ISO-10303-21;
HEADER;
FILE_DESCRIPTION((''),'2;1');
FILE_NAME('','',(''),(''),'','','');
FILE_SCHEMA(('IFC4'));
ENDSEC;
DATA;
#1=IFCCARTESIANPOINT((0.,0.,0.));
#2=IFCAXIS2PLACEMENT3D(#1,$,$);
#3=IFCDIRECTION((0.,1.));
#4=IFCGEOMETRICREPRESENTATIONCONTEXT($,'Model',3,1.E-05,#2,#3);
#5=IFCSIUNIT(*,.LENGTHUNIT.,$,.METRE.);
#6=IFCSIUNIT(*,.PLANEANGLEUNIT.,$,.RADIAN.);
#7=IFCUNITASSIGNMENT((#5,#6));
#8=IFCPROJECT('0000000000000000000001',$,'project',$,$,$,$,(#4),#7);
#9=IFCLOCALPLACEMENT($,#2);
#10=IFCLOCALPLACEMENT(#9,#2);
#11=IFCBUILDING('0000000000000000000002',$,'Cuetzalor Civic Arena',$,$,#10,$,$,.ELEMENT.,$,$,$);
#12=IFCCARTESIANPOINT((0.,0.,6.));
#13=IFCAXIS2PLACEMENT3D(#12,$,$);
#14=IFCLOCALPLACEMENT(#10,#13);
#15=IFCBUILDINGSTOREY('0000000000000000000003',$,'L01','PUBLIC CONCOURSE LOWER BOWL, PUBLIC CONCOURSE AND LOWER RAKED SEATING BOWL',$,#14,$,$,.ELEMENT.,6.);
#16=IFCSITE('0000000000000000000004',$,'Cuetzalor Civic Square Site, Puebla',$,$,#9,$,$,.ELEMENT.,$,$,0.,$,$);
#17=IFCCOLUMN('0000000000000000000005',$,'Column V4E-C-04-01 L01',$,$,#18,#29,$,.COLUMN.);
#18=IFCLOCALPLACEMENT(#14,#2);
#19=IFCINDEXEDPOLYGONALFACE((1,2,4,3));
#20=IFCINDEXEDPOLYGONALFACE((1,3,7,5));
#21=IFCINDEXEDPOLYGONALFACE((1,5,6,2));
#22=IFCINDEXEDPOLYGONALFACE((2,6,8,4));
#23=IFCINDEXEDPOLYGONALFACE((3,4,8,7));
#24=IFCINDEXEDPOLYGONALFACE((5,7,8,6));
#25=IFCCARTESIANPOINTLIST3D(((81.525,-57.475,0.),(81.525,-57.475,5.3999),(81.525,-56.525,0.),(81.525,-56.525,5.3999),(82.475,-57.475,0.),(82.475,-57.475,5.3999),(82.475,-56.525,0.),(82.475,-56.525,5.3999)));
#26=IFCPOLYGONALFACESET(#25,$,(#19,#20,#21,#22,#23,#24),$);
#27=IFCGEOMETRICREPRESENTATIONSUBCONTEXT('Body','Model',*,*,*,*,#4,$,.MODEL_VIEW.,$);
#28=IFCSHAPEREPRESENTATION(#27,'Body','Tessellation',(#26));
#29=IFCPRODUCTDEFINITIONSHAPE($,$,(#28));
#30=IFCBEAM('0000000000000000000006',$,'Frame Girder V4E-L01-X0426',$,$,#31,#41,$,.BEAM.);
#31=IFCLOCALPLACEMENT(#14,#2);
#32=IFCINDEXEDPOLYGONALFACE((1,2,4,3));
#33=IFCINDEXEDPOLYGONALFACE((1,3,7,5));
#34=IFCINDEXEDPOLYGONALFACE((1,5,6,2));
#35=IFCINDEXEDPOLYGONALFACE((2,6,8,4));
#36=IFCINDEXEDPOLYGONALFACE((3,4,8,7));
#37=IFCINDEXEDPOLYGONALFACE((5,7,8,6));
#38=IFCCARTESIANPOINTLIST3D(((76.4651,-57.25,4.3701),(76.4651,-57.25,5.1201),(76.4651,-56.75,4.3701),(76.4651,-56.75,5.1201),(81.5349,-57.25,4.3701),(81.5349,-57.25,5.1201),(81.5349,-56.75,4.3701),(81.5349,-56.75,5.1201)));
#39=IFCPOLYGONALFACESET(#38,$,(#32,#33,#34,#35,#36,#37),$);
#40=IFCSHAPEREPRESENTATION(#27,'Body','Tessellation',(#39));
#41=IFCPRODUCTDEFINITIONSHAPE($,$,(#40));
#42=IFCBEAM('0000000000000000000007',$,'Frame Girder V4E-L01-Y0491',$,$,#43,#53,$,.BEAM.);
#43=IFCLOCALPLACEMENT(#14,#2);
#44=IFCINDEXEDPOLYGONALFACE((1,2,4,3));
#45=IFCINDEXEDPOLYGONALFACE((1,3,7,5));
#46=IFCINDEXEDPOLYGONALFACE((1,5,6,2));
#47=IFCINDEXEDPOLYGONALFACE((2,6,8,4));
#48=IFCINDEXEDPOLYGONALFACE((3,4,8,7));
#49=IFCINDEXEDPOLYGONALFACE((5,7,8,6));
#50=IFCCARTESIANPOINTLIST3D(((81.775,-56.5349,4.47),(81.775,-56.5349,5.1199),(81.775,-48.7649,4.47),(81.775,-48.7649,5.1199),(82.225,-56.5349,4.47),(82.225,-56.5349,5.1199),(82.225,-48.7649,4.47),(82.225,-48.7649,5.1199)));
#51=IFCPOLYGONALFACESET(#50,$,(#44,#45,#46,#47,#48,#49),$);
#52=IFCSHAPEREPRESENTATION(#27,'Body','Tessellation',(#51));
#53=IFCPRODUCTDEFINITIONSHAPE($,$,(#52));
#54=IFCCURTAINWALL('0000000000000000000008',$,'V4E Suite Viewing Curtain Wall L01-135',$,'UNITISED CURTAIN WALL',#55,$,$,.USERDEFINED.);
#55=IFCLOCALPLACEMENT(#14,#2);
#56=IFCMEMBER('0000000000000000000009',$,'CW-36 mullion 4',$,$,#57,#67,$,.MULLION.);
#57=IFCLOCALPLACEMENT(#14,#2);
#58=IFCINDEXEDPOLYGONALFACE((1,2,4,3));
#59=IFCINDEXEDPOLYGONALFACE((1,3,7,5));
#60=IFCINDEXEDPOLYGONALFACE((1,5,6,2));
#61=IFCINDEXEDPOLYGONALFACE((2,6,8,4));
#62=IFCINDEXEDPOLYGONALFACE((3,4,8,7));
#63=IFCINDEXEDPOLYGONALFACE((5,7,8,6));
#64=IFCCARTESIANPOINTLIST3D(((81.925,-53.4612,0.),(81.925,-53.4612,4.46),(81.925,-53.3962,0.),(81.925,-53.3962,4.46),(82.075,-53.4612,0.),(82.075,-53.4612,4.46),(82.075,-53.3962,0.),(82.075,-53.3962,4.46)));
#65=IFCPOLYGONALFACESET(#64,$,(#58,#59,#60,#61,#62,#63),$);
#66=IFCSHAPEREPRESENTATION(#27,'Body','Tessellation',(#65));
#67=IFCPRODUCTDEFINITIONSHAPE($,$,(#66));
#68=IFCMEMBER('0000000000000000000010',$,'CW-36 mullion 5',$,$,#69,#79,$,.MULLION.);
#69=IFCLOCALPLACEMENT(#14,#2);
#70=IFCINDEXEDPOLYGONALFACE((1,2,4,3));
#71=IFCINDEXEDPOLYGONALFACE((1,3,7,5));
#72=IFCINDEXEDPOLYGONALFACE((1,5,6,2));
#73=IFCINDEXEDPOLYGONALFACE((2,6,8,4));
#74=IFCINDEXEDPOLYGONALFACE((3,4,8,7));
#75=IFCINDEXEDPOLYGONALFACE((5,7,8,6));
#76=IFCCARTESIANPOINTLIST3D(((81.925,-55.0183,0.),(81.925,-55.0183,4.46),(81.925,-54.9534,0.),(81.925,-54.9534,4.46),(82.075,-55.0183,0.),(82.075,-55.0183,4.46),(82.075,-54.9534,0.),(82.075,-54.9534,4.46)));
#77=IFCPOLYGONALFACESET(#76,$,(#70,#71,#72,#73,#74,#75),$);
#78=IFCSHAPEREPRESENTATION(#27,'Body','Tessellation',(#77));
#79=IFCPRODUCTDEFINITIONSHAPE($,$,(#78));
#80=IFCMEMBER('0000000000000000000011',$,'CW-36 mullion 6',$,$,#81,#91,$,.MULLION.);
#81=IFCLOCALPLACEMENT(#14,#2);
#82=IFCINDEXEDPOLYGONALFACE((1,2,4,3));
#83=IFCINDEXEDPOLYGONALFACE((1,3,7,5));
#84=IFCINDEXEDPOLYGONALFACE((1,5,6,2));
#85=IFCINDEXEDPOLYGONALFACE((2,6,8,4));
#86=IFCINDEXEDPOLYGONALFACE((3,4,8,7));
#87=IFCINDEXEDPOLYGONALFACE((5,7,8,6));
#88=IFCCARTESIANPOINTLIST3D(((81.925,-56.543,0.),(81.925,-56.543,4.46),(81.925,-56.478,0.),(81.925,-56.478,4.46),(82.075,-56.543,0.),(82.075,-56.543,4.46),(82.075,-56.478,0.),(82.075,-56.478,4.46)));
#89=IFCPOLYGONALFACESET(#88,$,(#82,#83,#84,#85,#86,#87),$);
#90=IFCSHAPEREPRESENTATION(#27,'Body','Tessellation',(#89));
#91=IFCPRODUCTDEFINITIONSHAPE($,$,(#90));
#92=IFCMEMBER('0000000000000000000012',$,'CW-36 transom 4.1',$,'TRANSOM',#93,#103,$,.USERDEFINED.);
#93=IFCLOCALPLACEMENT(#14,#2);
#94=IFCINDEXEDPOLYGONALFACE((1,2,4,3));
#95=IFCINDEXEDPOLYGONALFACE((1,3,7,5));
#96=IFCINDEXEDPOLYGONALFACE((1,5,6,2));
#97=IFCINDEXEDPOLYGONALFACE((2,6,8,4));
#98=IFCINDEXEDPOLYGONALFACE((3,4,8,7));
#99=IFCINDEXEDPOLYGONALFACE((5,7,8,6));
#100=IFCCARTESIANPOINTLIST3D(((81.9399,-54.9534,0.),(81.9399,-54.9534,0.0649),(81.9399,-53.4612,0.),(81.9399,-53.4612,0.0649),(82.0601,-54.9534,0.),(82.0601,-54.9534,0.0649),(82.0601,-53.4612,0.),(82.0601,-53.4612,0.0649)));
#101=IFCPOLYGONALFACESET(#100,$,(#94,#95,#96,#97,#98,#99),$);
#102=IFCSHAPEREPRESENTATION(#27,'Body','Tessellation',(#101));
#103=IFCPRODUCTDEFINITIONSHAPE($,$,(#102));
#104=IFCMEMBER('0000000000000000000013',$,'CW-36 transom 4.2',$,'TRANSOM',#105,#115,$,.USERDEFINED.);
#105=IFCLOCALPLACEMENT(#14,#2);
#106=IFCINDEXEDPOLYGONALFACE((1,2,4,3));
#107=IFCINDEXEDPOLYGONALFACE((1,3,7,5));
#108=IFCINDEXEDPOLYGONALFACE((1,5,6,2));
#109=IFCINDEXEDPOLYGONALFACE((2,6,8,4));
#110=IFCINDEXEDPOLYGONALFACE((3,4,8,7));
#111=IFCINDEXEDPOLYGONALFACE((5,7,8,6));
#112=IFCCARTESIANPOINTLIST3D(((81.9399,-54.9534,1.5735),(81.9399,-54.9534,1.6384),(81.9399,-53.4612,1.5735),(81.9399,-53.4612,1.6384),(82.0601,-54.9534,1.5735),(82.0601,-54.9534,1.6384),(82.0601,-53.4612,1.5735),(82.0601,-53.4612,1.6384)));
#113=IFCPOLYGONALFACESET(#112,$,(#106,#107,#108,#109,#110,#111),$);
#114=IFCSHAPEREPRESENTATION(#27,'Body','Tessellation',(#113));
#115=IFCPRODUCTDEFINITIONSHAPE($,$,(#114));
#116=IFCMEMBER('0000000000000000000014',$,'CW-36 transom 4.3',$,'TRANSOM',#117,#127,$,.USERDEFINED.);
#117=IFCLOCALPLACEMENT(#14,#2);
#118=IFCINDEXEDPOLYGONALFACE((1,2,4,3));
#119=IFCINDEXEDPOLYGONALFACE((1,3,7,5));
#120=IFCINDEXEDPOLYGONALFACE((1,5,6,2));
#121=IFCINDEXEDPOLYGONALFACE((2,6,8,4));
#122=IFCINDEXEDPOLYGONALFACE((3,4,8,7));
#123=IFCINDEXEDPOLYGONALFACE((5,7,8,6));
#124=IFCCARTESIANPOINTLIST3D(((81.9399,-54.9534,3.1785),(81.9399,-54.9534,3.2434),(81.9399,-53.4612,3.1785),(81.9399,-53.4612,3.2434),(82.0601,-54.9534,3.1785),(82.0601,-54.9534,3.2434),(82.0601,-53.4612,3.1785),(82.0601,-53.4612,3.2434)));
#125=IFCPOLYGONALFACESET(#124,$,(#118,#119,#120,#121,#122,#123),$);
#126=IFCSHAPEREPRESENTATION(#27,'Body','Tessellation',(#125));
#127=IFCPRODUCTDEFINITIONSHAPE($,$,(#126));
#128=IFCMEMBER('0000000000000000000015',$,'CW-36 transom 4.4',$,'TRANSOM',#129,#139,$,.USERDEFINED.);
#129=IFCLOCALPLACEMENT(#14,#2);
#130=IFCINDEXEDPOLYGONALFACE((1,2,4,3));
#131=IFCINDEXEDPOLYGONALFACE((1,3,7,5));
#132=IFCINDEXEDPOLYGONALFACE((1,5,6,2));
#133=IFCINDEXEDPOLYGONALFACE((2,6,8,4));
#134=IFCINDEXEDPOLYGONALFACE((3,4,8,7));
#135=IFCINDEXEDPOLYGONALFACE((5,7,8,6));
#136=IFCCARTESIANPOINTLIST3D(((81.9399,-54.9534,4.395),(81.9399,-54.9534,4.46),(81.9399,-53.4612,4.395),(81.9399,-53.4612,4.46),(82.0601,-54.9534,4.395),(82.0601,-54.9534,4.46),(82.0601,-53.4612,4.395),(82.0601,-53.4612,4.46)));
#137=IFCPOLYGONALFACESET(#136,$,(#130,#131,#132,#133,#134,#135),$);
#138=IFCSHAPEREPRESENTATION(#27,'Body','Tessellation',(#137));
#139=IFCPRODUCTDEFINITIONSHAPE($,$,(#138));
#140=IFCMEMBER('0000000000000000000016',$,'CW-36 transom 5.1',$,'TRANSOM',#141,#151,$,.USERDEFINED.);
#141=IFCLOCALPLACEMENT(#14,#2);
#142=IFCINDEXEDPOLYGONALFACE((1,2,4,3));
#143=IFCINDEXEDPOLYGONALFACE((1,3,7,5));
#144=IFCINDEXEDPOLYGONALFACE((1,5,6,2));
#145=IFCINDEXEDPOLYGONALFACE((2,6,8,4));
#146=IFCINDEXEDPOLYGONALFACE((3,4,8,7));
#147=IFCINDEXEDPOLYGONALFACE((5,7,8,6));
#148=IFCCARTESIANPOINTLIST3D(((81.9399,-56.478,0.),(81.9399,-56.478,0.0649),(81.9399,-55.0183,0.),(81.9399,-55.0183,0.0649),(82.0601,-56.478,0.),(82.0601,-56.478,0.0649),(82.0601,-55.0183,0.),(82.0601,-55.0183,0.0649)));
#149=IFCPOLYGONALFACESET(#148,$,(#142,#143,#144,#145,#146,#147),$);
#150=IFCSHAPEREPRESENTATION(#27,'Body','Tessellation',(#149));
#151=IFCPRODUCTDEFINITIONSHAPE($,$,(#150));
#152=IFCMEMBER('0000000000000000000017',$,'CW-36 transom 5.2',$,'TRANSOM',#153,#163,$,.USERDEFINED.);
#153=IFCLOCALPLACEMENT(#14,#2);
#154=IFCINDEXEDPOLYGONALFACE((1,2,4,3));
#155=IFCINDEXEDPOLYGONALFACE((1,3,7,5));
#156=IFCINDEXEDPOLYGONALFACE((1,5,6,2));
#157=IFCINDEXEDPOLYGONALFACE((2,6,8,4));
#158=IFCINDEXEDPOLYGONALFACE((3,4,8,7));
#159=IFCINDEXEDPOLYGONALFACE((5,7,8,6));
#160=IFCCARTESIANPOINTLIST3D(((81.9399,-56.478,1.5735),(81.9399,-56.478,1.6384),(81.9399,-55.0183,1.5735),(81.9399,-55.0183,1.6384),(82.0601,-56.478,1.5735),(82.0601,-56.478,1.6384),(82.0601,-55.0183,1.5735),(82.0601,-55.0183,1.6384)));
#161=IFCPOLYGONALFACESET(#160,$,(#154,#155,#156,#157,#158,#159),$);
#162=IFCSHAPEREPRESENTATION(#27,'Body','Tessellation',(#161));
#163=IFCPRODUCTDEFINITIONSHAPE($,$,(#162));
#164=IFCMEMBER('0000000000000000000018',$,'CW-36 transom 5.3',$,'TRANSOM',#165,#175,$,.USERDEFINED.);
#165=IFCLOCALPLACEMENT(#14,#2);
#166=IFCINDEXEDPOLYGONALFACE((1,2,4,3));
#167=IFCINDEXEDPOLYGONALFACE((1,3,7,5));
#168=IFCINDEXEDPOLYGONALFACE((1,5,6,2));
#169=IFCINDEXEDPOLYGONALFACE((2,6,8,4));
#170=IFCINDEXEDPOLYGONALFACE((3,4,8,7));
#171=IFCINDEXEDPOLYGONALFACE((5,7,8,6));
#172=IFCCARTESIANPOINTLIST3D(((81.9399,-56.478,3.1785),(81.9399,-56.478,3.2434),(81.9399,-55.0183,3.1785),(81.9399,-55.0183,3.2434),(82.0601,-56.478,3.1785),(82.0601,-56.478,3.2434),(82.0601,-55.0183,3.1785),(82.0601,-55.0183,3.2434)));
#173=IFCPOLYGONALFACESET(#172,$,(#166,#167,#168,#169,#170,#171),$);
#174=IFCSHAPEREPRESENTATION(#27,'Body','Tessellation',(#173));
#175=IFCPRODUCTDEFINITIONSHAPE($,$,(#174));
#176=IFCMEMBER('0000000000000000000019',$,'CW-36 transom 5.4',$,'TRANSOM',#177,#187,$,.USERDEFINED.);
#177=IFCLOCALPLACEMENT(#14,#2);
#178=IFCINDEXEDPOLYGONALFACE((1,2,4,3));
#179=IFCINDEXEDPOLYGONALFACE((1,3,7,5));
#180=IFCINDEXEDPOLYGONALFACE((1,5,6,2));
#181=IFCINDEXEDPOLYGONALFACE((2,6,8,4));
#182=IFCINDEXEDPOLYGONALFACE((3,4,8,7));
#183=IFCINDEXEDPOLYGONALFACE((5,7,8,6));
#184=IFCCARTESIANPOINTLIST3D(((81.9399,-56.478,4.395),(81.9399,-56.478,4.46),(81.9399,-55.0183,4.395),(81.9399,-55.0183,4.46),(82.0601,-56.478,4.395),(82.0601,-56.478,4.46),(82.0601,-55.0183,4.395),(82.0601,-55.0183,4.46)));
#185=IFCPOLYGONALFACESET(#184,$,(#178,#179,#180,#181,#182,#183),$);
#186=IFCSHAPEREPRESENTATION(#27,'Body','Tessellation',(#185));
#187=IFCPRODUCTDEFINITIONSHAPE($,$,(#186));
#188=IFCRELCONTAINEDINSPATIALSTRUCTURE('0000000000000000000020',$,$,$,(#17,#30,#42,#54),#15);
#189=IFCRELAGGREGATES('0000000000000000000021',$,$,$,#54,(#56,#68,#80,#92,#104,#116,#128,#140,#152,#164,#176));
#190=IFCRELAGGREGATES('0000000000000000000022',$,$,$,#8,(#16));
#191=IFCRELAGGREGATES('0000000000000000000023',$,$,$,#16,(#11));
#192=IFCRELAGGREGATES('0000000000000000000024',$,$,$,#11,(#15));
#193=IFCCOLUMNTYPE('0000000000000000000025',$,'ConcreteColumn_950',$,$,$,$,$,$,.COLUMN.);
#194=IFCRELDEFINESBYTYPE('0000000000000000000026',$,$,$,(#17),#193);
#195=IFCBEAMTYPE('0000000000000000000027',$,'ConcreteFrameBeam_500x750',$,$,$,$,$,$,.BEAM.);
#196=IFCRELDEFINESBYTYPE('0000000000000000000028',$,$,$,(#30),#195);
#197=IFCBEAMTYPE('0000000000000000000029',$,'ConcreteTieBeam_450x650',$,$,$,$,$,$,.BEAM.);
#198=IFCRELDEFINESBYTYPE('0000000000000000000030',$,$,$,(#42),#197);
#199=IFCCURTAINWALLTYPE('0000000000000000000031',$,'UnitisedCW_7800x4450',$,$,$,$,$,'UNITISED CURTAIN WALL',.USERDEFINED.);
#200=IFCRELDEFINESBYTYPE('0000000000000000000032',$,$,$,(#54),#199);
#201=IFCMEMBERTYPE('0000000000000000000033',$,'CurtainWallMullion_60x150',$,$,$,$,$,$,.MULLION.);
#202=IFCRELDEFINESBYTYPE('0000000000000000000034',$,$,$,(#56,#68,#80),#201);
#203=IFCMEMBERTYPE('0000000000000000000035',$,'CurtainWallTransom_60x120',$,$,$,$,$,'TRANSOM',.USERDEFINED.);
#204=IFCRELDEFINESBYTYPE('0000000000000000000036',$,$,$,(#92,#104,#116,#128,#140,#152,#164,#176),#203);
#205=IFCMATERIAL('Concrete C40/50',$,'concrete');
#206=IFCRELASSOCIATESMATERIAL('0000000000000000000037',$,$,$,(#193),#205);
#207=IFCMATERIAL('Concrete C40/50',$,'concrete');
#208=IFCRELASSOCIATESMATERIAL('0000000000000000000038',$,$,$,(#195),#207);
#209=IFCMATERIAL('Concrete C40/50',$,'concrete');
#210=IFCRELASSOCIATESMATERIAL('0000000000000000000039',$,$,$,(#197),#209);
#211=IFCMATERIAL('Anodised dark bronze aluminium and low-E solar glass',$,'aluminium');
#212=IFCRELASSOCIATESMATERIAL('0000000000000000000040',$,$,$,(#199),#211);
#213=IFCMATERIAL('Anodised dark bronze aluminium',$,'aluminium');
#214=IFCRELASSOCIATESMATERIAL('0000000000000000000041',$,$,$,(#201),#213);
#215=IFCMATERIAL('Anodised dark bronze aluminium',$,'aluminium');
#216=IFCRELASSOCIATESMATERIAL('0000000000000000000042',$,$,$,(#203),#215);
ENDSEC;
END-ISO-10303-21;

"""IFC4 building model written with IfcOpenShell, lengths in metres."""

from ifc_helpers import new_model, si_unit, direction, frame, origin, origin_2d, place, context, subcontext, project, spatial, rectangle, extrude, material, material_profile, profile_set, type_object, element, aggregate, save


model = new_model("IFC4")

# Units and contexts
model_context = context("Model", 3, precision=1e-05, world=origin(), true_north=direction((0.0, 1.0)))
body_context = subcontext(model_context, "Body", "Model", "MODEL_VIEW")
ifc_project = project(units=[si_unit("LENGTHUNIT", "METRE"), si_unit("PLANEANGLEUNIT", "RADIAN")], contexts=[model_context])

# Site, building, storey
site_placement = place(None, origin())
site = spatial("IfcSite", under=ifc_project, at=site_placement, Name="Cuetzalor Civic Square Site, Puebla", CompositionType="ELEMENT", RefElevation=0.0)
building_placement = place(site_placement, origin())
building = spatial("IfcBuilding", under=site, at=building_placement, Name="Cuetzalor Civic Arena", CompositionType="ELEMENT")
storey_placement = place(building_placement, frame((0.0, 0.0, 6.0)))
storey = spatial("IfcBuildingStorey", under=building, at=storey_placement, Name="L01", Description="PUBLIC CONCOURSE LOWER BOWL, PUBLIC CONCOURSE AND LOWER RAKED SEATING BOWL", CompositionType="ELEMENT", Elevation=6.0)

# Column
ifc_material_1 = material(Name="Concrete C40/50", Category="concrete")
ifc_material_profile_1 = material_profile(ifc_material_1, rectangle(XDim=0.95, YDim=0.95, at=origin_2d()), Name="RC 950x950")
ifc_profile_set_1 = profile_set([ifc_material_profile_1], Name="Concrete C40/50")
column_type = type_object("IfcColumnType", Name="ConcreteColumn_950", PredefinedType="COLUMN", material=ifc_profile_set_1)
column_placement = place(storey_placement, frame((82.0, -57.0, 0.0), z_axis=(0.0, 0.0, 1.0), x_axis=(1.0, 0.0, 0.0)))
element("IfcColumn", 1, at=column_placement, inside=storey, type_object=column_type, Name="Column V4E-C-04-01 L01", PredefinedType="COLUMN", context=body_context, shape_type="SweptSolid", body=[
    extrude(rectangle(XDim=0.95, YDim=0.95, at=origin_2d()), origin(), (0.0, 0.0, 1.0), 5.3999),
])

# Beams
ifc_material_2 = material(Name="Concrete C40/50", Category="concrete")
ifc_material_profile_2 = material_profile(ifc_material_2, rectangle(XDim=0.5, YDim=0.75, at=origin_2d()), Name="RC 500x750")
ifc_profile_set_2 = profile_set([ifc_material_profile_2], Name="Concrete C40/50")
beam_type_1 = type_object("IfcBeamType", Name="ConcreteFrameBeam_500x750", PredefinedType="BEAM", material=ifc_profile_set_2)
beam_1_placement = place(storey_placement, frame((76.4651, -57.0, 4.7451), z_axis=(1.0, 0.0, 0.0), x_axis=(0.0, 1.0, 0.0)))
element("IfcBeam", 2, at=beam_1_placement, inside=storey, type_object=beam_type_1, Name="Frame Girder V4E-L01-X0426", PredefinedType="BEAM", context=body_context, shape_type="SweptSolid", body=[
    extrude(rectangle(XDim=0.5, YDim=0.75, at=origin_2d()), origin(), (0.0, 0.0, 1.0), 5.0698),
])
ifc_material_3 = material(Name="Concrete C40/50", Category="concrete")
ifc_material_profile_3 = material_profile(ifc_material_3, rectangle(XDim=0.45, YDim=0.6499, at=origin_2d()), Name="RC 450x650")
ifc_profile_set_3 = profile_set([ifc_material_profile_3], Name="Concrete C40/50")
beam_type_2 = type_object("IfcBeamType", Name="ConcreteTieBeam_450x650", PredefinedType="BEAM", material=ifc_profile_set_3)
beam_2_placement = place(storey_placement, frame((82.0, -56.5349, 4.7949), z_axis=(0.0, 1.0, 0.0), x_axis=(-1.0, 0.0, 0.0)))
element("IfcBeam", 3, at=beam_2_placement, inside=storey, type_object=beam_type_2, Name="Frame Girder V4E-L01-Y0491", PredefinedType="BEAM", context=body_context, shape_type="SweptSolid", body=[
    extrude(rectangle(XDim=0.45, YDim=0.6499, at=origin_2d()), origin(), (0.0, 0.0, 1.0), 7.77),
])

# Curtain wall, members
ifc_material_4 = material(Name="Anodised dark bronze aluminium and low-E solar glass", Category="aluminium")
curtain_wall_type = type_object("IfcCurtainWallType", Name="UnitisedCW_7800x4450", ElementType="UNITISED CURTAIN WALL", PredefinedType="USERDEFINED", material=ifc_material_4)
curtain_wall_placement = place(storey_placement, origin())
curtain_wall = element("IfcCurtainWall", 4, at=curtain_wall_placement, inside=storey, type_object=curtain_wall_type, Name="V4E Suite Viewing Curtain Wall L01-135", ObjectType="UNITISED CURTAIN WALL", PredefinedType="USERDEFINED")
ifc_material_5 = material(Name="Anodised dark bronze aluminium", Category="aluminium")
ifc_material_profile_4 = material_profile(ifc_material_5, rectangle(XDim=0.0649, YDim=0.1499, at=origin_2d()), Name="ALU MULLION 65x150")
ifc_profile_set_4 = profile_set([ifc_material_profile_4], Name="Anodised dark bronze aluminium")
member_type_1 = type_object("IfcMemberType", Name="CurtainWallMullion_60x150", PredefinedType="MULLION", material=ifc_profile_set_4)
member_1_placement = place(storey_placement, frame((82.0, -53.4287, 0.0), z_axis=(0.0, 0.0, 1.0), x_axis=(0.0, -1.0, 0.0)))
member_1 = element("IfcMember", 5, at=member_1_placement, type_object=member_type_1, Name="CW-36 mullion 4", PredefinedType="MULLION", context=body_context, shape_type="SweptSolid", body=[
    extrude(rectangle(XDim=0.0649, YDim=0.1499, at=origin_2d()), origin(), (0.0, 0.0, 1.0), 4.46),
])
member_2_placement = place(storey_placement, frame((82.0, -54.9858, 0.0), z_axis=(0.0, 0.0, 1.0), x_axis=(0.0, -1.0, 0.0)))
member_2 = element("IfcMember", 6, at=member_2_placement, type_object=member_type_1, Name="CW-36 mullion 5", PredefinedType="MULLION", context=body_context, shape_type="SweptSolid", body=[
    extrude(rectangle(XDim=0.0649, YDim=0.1499, at=origin_2d()), origin(), (0.0, 0.0, 1.0), 4.46),
])
member_3_placement = place(storey_placement, frame((82.0, -56.5105, 0.0), z_axis=(0.0, 0.0, 1.0), x_axis=(0.0, -1.0, 0.0)))
member_3 = element("IfcMember", 7, at=member_3_placement, type_object=member_type_1, Name="CW-36 mullion 6", PredefinedType="MULLION", context=body_context, shape_type="SweptSolid", body=[
    extrude(rectangle(XDim=0.0649, YDim=0.1499, at=origin_2d()), origin(), (0.0, 0.0, 1.0), 4.46),
])
ifc_material_6 = material(Name="Anodised dark bronze aluminium", Category="aluminium")
ifc_material_profile_5 = material_profile(ifc_material_6, rectangle(XDim=0.1201, YDim=0.0649, at=origin_2d()), Name="ALU TRANSOM 65x120")
ifc_profile_set_5 = profile_set([ifc_material_profile_5], Name="Anodised dark bronze aluminium")
member_type_2 = type_object("IfcMemberType", Name="CurtainWallTransom_60x120", ElementType="TRANSOM", PredefinedType="USERDEFINED", material=ifc_profile_set_5)
member_4_placement = place(storey_placement, frame((82.0, -53.4612, 0.0325), z_axis=(0.0, -1.0, 0.0), x_axis=(1.0, 0.0, 0.0)))
member_4 = element("IfcMember", 8, at=member_4_placement, type_object=member_type_2, Name="CW-36 transom 4.1", ObjectType="TRANSOM", PredefinedType="USERDEFINED", context=body_context, shape_type="SweptSolid", body=[
    extrude(rectangle(XDim=0.1201, YDim=0.0649, at=origin_2d()), origin(), (0.0, 0.0, 1.0), 1.4922),
])
member_5_placement = place(storey_placement, frame((82.0, -53.4612, 1.606), z_axis=(0.0, -1.0, 0.0), x_axis=(1.0, 0.0, 0.0)))
member_5 = element("IfcMember", 9, at=member_5_placement, type_object=member_type_2, Name="CW-36 transom 4.2", ObjectType="TRANSOM", PredefinedType="USERDEFINED", context=body_context, shape_type="SweptSolid", body=[
    extrude(rectangle(XDim=0.1201, YDim=0.0649, at=origin_2d()), origin(), (0.0, 0.0, 1.0), 1.4922),
])
member_6_placement = place(storey_placement, frame((82.0, -53.4612, 3.2109), z_axis=(0.0, -1.0, 0.0), x_axis=(1.0, 0.0, 0.0)))
member_6 = element("IfcMember", 10, at=member_6_placement, type_object=member_type_2, Name="CW-36 transom 4.3", ObjectType="TRANSOM", PredefinedType="USERDEFINED", context=body_context, shape_type="SweptSolid", body=[
    extrude(rectangle(XDim=0.1201, YDim=0.0649, at=origin_2d()), origin(), (0.0, 0.0, 1.0), 1.4922),
])
member_7_placement = place(storey_placement, frame((82.0, -53.4612, 4.4275), z_axis=(0.0, -1.0, 0.0), x_axis=(1.0, 0.0, 0.0)))
member_7 = element("IfcMember", 11, at=member_7_placement, type_object=member_type_2, Name="CW-36 transom 4.4", ObjectType="TRANSOM", PredefinedType="USERDEFINED", context=body_context, shape_type="SweptSolid", body=[
    extrude(rectangle(XDim=0.1201, YDim=0.0649, at=origin_2d()), origin(), (0.0, 0.0, 1.0), 1.4922),
])
member_8_placement = place(storey_placement, frame((82.0, -55.0183, 0.0325), z_axis=(0.0, -1.0, 0.0), x_axis=(1.0, 0.0, 0.0)))
member_8 = element("IfcMember", 12, at=member_8_placement, type_object=member_type_2, Name="CW-36 transom 5.1", ObjectType="TRANSOM", PredefinedType="USERDEFINED", context=body_context, shape_type="SweptSolid", body=[
    extrude(rectangle(XDim=0.1201, YDim=0.0649, at=origin_2d()), origin(), (0.0, 0.0, 1.0), 1.4597),
])
member_9_placement = place(storey_placement, frame((82.0, -55.0183, 1.606), z_axis=(0.0, -1.0, 0.0), x_axis=(1.0, 0.0, 0.0)))
member_9 = element("IfcMember", 13, at=member_9_placement, type_object=member_type_2, Name="CW-36 transom 5.2", ObjectType="TRANSOM", PredefinedType="USERDEFINED", context=body_context, shape_type="SweptSolid", body=[
    extrude(rectangle(XDim=0.1201, YDim=0.0649, at=origin_2d()), origin(), (0.0, 0.0, 1.0), 1.4597),
])
member_10_placement = place(storey_placement, frame((82.0, -55.0183, 3.2109), z_axis=(0.0, -1.0, 0.0), x_axis=(1.0, 0.0, 0.0)))
member_10 = element("IfcMember", 14, at=member_10_placement, type_object=member_type_2, Name="CW-36 transom 5.3", ObjectType="TRANSOM", PredefinedType="USERDEFINED", context=body_context, shape_type="SweptSolid", body=[
    extrude(rectangle(XDim=0.1201, YDim=0.0649, at=origin_2d()), origin(), (0.0, 0.0, 1.0), 1.4597),
])
member_11_placement = place(storey_placement, frame((82.0, -55.0183, 4.4275), z_axis=(0.0, -1.0, 0.0), x_axis=(1.0, 0.0, 0.0)))
member_11 = element("IfcMember", 15, at=member_11_placement, type_object=member_type_2, Name="CW-36 transom 5.4", ObjectType="TRANSOM", PredefinedType="USERDEFINED", context=body_context, shape_type="SweptSolid", body=[
    extrude(rectangle(XDim=0.1201, YDim=0.0649, at=origin_2d()), origin(), (0.0, 0.0, 1.0), 1.4597),
])
aggregate(curtain_wall, [member_1, member_2, member_3, member_4, member_5, member_6, member_7, member_8, member_9, member_10, member_11])

save(model, "model.ifc")
